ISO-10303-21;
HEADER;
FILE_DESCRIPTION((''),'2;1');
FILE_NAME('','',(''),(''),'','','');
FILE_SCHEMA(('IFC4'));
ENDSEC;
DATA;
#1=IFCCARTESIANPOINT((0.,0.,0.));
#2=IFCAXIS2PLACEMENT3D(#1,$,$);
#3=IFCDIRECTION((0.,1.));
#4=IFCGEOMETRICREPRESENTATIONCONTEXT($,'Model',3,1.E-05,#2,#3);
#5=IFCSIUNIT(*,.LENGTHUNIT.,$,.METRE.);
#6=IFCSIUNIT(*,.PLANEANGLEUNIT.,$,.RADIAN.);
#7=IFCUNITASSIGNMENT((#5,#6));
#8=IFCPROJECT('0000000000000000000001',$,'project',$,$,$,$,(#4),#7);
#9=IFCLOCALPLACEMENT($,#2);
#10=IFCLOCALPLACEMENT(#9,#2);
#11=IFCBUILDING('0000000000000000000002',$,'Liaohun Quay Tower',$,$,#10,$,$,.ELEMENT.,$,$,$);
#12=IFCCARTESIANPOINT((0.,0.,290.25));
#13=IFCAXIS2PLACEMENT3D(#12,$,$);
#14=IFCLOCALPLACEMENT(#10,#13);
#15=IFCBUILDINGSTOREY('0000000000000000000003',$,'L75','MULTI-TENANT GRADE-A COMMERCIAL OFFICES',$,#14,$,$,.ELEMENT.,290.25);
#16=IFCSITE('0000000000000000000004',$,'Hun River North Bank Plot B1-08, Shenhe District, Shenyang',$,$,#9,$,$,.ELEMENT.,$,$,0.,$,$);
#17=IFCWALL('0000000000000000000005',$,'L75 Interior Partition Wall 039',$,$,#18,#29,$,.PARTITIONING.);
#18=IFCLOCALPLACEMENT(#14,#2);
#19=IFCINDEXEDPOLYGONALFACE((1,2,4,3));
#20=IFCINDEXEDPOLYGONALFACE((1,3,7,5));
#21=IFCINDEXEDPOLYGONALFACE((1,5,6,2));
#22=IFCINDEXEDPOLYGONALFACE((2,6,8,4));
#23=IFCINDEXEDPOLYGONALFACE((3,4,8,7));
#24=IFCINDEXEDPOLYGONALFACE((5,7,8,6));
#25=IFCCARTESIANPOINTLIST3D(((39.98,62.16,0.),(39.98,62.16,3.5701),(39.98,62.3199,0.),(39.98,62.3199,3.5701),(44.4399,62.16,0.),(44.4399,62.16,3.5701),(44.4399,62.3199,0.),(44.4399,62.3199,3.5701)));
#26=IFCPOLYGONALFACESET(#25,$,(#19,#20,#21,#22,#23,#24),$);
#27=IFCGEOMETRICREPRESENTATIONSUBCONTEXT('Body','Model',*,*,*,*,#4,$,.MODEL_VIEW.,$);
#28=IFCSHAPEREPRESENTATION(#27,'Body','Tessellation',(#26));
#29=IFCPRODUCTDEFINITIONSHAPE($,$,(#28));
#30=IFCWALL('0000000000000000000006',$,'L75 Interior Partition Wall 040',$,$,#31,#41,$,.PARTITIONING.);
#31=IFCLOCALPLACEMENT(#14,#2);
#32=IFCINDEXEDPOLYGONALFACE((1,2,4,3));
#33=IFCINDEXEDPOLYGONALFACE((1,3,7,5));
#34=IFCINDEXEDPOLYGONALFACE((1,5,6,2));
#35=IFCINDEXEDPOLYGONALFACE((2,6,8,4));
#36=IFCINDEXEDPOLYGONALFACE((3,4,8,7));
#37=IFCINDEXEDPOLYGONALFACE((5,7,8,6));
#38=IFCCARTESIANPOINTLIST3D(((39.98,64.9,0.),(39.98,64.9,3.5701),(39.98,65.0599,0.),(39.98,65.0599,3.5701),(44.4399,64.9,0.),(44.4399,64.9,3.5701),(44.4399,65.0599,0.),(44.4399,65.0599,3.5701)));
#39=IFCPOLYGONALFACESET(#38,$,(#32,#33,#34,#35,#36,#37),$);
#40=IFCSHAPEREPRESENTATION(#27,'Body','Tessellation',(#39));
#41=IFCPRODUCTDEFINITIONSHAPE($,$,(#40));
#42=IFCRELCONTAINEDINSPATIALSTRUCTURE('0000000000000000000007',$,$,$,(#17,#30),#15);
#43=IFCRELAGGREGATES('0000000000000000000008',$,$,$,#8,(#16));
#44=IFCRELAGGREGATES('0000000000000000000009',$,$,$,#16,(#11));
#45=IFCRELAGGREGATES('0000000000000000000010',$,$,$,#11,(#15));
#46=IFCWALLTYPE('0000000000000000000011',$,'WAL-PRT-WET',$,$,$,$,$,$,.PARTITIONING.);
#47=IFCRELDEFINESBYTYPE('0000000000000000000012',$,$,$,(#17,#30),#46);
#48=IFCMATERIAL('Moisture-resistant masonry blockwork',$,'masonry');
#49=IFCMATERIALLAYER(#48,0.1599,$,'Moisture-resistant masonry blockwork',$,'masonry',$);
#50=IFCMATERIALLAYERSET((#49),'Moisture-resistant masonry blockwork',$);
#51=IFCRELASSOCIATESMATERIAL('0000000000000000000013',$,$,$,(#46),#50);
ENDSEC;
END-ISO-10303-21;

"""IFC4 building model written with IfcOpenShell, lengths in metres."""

from ifc_helpers import new_model, si_unit, direction, frame, frame_2d, origin, place, context, subcontext, project, spatial, rectangle, extrude, material, layer, layer_set, type_object, element, save


model = new_model("IFC4")

# Units and contexts
model_context = context("Model", 3, precision=1e-05, world=origin(), true_north=direction((0.0, 1.0)))
body_context = subcontext(model_context, "Body", "Model", "MODEL_VIEW")
ifc_project = project(units=[si_unit("LENGTHUNIT", "METRE"), si_unit("PLANEANGLEUNIT", "RADIAN")], contexts=[model_context])

# Site, building, storey
site_placement = place(None, origin())
site = spatial("IfcSite", under=ifc_project, at=site_placement, Name="Hun River North Bank Plot B1-08, Shenhe District, Shenyang", CompositionType="ELEMENT", RefElevation=0.0)
building_placement = place(site_placement, origin())
building = spatial("IfcBuilding", under=site, at=building_placement, Name="Liaohun Quay Tower", CompositionType="ELEMENT")
storey_placement = place(building_placement, frame((0.0, 0.0, 290.25)))
storey = spatial("IfcBuildingStorey", under=building, at=storey_placement, Name="L75", Description="MULTI-TENANT GRADE-A COMMERCIAL OFFICES", CompositionType="ELEMENT", Elevation=290.25)

# Shared definitions
ifc_material_1 = material(Name="Moisture-resistant masonry blockwork", Category="masonry")
ifc_layer_1 = layer(ifc_material_1, 0.1599, Name="Moisture-resistant masonry blockwork", Category="masonry")
ifc_layer_set_1 = layer_set([ifc_layer_1], Name="Moisture-resistant masonry blockwork")
wall_type_1 = type_object("IfcWallType", Name="WAL-PRT-WET", PredefinedType="PARTITIONING", material=ifc_layer_set_1)

# Walls
for number, where, z_axis, x_axis, name in (
    (1, (39.98, 62.24, 0.0), (0.0, 0.0, 1.0), (1.0, 0.0, 0.0), "L75 Interior Partition Wall 039"),
    (2, (39.98, 64.98, 0.0), (0.0, 0.0, 1.0), (1.0, 0.0, 0.0), "L75 Interior Partition Wall 040"),
):
    element("IfcWall", number, at=place(storey_placement, frame(where, z_axis=z_axis, x_axis=x_axis)), inside=storey, type_object=wall_type_1, Name=name, PredefinedType="PARTITIONING", context=body_context, shape_type="SweptSolid", body=[
        extrude(rectangle(XDim=4.46, YDim=0.1599, at=frame_2d((2.23, 0.0))), origin(), (0.0, 0.0, 1.0), 3.5701),
    ])

save(model, "model.ifc")
